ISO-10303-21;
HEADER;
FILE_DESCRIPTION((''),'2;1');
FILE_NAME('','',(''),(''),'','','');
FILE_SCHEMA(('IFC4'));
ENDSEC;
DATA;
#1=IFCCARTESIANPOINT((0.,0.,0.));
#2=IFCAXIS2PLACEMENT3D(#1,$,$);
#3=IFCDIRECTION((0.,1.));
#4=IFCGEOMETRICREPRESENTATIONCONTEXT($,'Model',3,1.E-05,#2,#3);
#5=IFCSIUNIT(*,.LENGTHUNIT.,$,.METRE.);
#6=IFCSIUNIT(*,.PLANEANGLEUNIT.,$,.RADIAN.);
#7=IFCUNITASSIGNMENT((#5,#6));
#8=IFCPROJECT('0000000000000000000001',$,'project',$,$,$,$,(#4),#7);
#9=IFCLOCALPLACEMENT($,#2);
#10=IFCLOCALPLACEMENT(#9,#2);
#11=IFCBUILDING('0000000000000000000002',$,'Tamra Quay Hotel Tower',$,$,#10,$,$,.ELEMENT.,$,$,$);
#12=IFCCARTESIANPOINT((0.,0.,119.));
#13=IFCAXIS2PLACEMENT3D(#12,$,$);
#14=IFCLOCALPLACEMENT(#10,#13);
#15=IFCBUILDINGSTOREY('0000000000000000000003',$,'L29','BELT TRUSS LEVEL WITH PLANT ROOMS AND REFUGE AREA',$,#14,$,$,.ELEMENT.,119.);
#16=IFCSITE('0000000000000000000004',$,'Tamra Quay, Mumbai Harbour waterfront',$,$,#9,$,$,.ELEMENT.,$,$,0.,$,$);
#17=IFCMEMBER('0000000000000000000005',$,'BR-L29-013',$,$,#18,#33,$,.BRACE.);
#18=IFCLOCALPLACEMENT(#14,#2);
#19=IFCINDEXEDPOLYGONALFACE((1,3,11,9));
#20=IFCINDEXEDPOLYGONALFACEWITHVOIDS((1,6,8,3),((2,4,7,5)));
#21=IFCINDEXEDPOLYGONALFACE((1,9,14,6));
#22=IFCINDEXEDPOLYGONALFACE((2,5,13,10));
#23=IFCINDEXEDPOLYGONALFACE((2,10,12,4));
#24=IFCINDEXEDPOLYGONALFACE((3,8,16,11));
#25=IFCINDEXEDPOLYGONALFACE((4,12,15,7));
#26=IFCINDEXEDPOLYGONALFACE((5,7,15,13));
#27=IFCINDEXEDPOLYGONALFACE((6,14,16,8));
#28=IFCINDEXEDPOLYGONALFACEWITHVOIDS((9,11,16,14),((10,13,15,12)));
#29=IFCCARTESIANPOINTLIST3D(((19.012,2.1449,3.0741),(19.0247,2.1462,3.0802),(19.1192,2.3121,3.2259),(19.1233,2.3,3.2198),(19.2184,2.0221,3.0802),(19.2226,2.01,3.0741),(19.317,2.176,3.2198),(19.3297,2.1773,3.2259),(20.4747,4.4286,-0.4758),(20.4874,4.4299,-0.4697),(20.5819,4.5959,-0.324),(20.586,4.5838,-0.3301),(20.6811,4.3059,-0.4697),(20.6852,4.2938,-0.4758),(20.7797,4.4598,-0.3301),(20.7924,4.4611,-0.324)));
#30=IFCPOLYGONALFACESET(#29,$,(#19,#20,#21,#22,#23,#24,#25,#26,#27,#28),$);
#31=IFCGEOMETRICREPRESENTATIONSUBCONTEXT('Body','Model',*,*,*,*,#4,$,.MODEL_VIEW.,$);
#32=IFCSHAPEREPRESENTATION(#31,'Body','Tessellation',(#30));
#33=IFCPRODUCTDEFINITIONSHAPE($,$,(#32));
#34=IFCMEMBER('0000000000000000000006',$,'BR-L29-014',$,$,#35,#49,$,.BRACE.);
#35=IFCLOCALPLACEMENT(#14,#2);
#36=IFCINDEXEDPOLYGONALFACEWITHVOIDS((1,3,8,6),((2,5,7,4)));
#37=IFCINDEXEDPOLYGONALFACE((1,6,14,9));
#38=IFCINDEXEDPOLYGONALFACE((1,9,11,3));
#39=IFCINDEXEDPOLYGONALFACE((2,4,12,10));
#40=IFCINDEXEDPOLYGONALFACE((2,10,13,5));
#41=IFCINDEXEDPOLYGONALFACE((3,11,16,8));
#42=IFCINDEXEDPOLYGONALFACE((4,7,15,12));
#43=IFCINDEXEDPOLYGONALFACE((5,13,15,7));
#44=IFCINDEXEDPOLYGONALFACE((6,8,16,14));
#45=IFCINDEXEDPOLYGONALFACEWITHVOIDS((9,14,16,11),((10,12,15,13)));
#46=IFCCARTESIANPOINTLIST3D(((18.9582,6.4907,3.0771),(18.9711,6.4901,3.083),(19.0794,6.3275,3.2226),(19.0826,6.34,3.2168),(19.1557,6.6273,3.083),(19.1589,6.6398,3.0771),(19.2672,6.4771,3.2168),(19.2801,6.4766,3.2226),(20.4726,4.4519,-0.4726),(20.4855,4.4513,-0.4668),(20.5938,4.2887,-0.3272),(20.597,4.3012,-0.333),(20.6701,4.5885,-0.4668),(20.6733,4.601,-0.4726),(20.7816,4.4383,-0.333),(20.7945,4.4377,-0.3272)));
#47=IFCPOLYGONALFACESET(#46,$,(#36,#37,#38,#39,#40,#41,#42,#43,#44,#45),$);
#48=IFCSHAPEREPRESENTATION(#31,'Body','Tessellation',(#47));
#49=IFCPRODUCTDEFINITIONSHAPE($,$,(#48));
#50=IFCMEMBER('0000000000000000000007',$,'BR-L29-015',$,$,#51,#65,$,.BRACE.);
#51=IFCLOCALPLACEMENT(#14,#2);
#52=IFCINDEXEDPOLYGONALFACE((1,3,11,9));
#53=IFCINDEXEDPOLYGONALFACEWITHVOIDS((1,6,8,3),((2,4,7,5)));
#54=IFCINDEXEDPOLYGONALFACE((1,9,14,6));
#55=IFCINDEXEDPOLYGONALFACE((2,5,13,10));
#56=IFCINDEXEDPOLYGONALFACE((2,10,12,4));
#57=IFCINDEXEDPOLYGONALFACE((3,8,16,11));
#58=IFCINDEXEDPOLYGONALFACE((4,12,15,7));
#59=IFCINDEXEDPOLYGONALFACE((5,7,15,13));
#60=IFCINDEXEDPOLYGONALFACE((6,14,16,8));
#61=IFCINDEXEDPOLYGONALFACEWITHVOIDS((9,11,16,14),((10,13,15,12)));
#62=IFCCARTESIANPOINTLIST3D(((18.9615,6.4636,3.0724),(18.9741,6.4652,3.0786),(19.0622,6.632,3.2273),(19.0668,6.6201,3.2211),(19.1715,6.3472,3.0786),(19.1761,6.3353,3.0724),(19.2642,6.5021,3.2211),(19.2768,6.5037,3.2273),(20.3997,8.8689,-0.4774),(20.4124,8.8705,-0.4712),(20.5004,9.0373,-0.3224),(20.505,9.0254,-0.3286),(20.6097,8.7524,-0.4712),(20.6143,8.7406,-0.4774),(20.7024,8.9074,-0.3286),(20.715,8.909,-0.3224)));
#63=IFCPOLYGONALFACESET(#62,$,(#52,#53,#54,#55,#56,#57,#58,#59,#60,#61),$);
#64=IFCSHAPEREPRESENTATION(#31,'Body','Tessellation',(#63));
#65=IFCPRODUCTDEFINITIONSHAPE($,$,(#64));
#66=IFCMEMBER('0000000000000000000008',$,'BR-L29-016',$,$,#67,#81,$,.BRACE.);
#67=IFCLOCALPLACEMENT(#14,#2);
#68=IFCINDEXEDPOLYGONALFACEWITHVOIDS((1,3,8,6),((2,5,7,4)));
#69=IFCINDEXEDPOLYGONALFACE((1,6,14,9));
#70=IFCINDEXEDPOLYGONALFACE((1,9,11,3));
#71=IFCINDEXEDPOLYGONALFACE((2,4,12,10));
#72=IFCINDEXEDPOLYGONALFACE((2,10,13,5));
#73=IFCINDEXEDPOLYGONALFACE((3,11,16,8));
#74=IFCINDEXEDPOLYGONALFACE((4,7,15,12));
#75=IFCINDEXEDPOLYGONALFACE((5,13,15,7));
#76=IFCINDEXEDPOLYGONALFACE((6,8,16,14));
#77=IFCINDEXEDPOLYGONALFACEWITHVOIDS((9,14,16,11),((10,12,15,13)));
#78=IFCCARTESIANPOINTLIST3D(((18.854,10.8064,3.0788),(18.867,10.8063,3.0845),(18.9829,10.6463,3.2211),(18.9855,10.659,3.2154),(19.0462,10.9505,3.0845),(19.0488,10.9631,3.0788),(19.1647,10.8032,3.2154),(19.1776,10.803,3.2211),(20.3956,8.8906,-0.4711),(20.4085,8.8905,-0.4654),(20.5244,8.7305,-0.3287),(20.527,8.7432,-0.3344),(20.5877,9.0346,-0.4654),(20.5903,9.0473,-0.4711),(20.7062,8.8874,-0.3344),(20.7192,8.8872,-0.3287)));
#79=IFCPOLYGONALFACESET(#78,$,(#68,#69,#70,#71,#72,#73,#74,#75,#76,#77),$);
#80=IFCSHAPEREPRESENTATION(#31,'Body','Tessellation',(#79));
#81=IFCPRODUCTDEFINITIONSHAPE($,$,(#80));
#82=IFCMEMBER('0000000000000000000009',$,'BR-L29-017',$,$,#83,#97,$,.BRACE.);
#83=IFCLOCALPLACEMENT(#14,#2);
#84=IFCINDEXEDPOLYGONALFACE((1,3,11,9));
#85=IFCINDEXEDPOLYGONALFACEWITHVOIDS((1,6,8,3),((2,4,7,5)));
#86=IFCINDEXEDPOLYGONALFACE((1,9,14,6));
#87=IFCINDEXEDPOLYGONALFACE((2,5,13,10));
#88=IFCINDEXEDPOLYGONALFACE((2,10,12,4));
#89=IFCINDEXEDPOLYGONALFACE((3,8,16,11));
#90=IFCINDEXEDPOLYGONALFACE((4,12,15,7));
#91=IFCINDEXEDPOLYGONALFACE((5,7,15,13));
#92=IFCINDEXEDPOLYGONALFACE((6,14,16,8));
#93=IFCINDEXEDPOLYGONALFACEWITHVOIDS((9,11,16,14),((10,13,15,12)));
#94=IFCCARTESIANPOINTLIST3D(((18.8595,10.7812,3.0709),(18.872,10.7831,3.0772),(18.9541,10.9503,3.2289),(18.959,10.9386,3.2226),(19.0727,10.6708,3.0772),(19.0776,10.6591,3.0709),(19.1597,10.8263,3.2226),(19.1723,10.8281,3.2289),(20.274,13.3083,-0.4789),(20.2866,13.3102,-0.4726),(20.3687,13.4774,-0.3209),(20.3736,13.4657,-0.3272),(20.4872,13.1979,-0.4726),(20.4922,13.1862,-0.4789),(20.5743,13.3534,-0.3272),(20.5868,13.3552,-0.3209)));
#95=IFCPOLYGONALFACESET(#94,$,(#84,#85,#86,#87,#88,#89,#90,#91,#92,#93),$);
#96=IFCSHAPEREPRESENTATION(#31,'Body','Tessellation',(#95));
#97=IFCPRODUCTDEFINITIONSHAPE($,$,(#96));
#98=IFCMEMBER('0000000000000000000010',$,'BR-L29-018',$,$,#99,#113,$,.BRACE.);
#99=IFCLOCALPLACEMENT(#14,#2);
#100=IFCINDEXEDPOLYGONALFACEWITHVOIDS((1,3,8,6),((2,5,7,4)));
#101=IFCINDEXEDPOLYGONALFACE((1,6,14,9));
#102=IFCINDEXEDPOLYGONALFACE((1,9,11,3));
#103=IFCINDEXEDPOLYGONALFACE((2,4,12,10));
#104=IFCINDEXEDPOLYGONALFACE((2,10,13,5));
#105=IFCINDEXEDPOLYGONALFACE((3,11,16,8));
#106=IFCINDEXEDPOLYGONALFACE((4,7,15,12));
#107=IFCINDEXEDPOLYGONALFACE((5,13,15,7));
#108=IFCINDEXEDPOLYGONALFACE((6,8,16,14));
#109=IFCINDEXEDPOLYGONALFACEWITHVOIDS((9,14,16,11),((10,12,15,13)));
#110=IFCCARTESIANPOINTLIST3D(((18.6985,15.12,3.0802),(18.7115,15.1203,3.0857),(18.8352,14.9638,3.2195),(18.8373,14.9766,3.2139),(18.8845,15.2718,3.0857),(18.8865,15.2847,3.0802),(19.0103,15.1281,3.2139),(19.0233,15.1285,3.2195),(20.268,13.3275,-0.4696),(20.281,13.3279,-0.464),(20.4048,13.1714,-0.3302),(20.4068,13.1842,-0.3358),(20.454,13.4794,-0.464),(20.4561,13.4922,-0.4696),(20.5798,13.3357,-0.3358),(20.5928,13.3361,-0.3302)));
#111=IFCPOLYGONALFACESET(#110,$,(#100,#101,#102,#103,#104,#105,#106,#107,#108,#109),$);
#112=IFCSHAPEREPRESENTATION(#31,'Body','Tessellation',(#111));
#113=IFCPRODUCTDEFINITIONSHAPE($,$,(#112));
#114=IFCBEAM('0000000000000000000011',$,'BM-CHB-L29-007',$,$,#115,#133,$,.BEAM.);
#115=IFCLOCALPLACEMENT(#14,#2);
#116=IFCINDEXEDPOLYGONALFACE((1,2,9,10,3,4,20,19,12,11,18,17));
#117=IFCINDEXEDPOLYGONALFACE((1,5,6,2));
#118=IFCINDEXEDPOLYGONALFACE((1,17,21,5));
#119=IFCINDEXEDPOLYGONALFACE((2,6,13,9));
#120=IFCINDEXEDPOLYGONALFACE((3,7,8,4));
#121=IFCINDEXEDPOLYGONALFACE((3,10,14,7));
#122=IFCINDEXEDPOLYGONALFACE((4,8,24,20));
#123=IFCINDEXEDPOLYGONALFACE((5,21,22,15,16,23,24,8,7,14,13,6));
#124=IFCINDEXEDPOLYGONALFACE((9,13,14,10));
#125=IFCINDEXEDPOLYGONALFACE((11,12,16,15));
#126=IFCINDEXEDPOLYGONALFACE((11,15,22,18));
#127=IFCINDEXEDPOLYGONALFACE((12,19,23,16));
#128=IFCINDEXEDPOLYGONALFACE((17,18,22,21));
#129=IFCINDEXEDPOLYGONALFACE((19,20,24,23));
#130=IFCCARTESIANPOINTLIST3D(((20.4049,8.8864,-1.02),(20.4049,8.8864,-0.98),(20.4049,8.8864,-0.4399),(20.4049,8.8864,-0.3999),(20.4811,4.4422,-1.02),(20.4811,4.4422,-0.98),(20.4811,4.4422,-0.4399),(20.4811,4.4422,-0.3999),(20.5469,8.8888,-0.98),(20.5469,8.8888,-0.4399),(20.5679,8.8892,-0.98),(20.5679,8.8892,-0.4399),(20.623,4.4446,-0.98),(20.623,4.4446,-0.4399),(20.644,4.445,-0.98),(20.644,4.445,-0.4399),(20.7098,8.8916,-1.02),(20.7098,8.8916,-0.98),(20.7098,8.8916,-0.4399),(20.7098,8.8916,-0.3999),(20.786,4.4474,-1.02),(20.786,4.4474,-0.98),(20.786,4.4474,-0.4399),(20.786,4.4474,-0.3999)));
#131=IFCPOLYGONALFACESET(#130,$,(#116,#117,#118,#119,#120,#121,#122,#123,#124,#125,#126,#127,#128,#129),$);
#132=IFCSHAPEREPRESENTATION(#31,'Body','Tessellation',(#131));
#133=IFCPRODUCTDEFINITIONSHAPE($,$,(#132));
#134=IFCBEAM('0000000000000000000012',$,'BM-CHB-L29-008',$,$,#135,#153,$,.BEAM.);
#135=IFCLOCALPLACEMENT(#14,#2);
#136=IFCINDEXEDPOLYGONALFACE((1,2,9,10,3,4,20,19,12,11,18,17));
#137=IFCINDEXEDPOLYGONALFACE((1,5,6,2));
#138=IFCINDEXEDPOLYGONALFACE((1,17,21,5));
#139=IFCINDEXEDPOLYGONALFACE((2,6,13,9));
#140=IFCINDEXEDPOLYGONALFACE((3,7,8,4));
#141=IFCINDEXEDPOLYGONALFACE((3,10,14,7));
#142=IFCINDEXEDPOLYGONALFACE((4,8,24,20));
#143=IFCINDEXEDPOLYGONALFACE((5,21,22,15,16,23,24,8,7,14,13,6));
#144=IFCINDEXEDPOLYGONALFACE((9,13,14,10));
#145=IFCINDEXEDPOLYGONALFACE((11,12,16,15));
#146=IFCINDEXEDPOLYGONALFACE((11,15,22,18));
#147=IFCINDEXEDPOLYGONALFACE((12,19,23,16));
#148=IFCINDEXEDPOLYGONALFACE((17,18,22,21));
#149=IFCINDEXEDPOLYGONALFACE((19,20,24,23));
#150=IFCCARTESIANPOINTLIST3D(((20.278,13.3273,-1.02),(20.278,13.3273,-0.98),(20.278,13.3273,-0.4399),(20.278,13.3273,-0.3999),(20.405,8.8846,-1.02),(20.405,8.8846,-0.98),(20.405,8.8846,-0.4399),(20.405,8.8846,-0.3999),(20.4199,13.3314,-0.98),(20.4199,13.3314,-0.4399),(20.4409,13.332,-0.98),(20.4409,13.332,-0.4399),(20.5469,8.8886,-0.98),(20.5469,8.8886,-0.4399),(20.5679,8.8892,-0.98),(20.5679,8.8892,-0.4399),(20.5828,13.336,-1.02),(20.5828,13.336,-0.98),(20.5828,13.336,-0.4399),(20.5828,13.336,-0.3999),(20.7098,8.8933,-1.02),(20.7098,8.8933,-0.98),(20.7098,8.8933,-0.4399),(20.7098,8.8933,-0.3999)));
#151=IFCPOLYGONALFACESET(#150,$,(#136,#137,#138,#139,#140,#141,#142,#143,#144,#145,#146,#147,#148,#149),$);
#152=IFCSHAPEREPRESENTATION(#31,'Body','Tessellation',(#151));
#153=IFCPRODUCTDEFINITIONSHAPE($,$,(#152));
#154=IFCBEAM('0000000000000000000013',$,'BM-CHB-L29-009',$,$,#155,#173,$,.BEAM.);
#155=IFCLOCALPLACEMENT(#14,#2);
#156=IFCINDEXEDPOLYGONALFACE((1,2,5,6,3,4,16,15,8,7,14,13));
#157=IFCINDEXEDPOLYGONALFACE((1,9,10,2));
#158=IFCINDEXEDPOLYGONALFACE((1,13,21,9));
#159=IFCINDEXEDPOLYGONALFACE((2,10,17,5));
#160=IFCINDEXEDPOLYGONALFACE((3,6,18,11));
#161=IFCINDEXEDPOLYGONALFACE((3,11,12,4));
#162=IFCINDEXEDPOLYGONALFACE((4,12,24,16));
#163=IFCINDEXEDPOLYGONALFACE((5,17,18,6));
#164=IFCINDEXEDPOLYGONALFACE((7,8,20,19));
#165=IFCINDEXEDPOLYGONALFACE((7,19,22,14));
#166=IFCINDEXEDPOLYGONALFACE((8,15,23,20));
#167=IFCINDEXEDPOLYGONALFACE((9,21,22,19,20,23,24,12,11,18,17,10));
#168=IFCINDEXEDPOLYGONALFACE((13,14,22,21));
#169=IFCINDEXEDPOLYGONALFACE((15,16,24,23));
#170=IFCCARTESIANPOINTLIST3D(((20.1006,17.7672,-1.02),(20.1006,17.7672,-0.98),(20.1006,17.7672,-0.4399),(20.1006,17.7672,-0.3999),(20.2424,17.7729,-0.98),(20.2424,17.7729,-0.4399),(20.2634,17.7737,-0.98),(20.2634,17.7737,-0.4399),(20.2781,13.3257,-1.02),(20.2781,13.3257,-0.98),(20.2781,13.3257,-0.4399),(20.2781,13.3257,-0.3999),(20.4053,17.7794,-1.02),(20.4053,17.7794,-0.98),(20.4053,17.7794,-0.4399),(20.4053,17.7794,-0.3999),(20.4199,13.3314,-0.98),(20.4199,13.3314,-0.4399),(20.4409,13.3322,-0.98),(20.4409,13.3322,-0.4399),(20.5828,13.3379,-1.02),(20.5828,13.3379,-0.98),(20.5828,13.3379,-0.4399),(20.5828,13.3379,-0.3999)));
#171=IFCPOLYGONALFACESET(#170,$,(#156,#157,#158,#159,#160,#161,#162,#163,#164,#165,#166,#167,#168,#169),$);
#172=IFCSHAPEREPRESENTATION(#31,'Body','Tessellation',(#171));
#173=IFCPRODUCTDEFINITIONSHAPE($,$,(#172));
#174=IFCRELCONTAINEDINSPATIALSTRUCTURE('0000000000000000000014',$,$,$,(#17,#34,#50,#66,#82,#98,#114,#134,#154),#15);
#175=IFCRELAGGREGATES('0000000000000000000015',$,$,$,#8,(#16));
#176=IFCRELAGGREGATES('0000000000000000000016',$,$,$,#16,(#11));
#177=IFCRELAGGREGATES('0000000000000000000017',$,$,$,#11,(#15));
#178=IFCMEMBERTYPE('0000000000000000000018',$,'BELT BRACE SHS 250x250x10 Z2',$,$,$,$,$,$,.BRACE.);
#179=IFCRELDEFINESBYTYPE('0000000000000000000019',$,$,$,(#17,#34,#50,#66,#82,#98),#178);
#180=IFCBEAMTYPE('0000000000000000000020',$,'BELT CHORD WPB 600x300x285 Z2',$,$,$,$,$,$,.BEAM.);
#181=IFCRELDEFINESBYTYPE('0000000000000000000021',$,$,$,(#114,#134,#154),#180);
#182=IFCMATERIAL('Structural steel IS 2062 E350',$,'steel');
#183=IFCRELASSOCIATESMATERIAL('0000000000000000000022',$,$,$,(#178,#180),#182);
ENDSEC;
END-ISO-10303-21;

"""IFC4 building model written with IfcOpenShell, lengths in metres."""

from ifc_helpers import new_model, si_unit, direction, frame, origin, origin_2d, place, context, subcontext, project, spatial, hollow_rectangle, i_section, extrude, material, material_profile, profile_set, type_object, element, save


model = new_model("IFC4")

# Units and contexts
model_context = context("Model", 3, precision=1e-05, world=origin(), true_north=direction((0.0, 1.0)))
body_context = subcontext(model_context, "Body", "Model", "MODEL_VIEW")
ifc_project = project(units=[si_unit("LENGTHUNIT", "METRE"), si_unit("PLANEANGLEUNIT", "RADIAN")], contexts=[model_context])

# Site, building, storey
site_placement = place(None, origin())
site = spatial("IfcSite", under=ifc_project, at=site_placement, Name="Tamra Quay, Mumbai Harbour waterfront", CompositionType="ELEMENT", RefElevation=0.0)
building_placement = place(site_placement, origin())
building = spatial("IfcBuilding", under=site, at=building_placement, Name="Tamra Quay Hotel Tower", CompositionType="ELEMENT")
storey_placement = place(building_placement, frame((0.0, 0.0, 119.0)))
storey = spatial("IfcBuildingStorey", under=building, at=storey_placement, Name="L29", Description="BELT TRUSS LEVEL WITH PLANT ROOMS AND REFUGE AREA", CompositionType="ELEMENT", Elevation=119.0)

# Members
ifc_material_1 = material(Name="Structural steel IS 2062 E350", Category="steel")
ifc_material_profile_1 = material_profile(ifc_material_1, hollow_rectangle(XDim=0.25, YDim=0.25, WallThickness=0.01, at=origin_2d()), Name="SHS 250x250x10")
ifc_profile_set_1 = profile_set([ifc_material_profile_1], Name="Structural steel IS 2062 E350")
member_type_1 = type_object("IfcMemberType", Name="BELT BRACE SHS 250x250x10 Z2", PredefinedType="BRACE", material=ifc_profile_set_1)
member_1_placement = place(storey_placement, frame((20.6335, 4.4448, -0.3999), z_axis=(-0.327421, -0.511215, 0.794641), x_axis=(0.84209, -0.539337, 0.0)))
element("IfcMember", 1, at=member_1_placement, inside=storey, type_object=member_type_1, Name="BR-L29-013", PredefinedType="BRACE", context=body_context, shape_type="SweptSolid", body=[
    extrude(hollow_rectangle(XDim=0.25, YDim=0.25, WallThickness=0.01, at=origin_2d()), origin(), (0.0, 0.0, 1.0), 4.4673),
])
member_2_placement = place(storey_placement, frame((20.6335, 4.4448, -0.3999), z_axis=(-0.34696, 0.467107, 0.813284), x_axis=(-0.802771, -0.596287, 0.0)))
element("IfcMember", 2, at=member_2_placement, inside=storey, type_object=member_type_1, Name="BR-L29-014", PredefinedType="BRACE", context=body_context, shape_type="SweptSolid", body=[
    extrude(hollow_rectangle(XDim=0.25, YDim=0.25, WallThickness=0.01, at=origin_2d()), origin(), (0.0, 0.0, 1.0), 4.3647),
])
member_3_placement = place(storey_placement, frame((20.5574, 8.8889, -0.3999), z_axis=(-0.318002, -0.53182, 0.784883), x_axis=(0.858268, -0.513201, 0.0)))
element("IfcMember", 3, at=member_3_placement, inside=storey, type_object=member_type_1, Name="BR-L29-015", PredefinedType="BRACE", context=body_context, shape_type="SweptSolid", body=[
    extrude(hollow_rectangle(XDim=0.25, YDim=0.25, WallThickness=0.01, at=origin_2d()), origin(), (0.0, 0.0, 1.0), 4.5227),
])
member_4_placement = place(storey_placement, frame((20.5574, 8.8889, -0.3999), z_axis=(-0.356972, 0.443642, 0.822042), x_axis=(-0.779103, -0.626896, 0.0)))
element("IfcMember", 4, at=member_4_placement, inside=storey, type_object=member_type_1, Name="BR-L29-016", PredefinedType="BRACE", context=body_context, shape_type="SweptSolid", body=[
    extrude(hollow_rectangle(XDim=0.25, YDim=0.25, WallThickness=0.01, at=origin_2d()), origin(), (0.0, 0.0, 1.0), 4.3184),
])
member_5_placement = place(storey_placement, frame((20.4304, 13.3318, -0.3999), z_axis=(-0.308766, -0.551612, 0.774847), x_axis=(0.872598, -0.488439, 0.0)))
element("IfcMember", 5, at=member_5_placement, inside=storey, type_object=member_type_1, Name="BR-L29-017", PredefinedType="BRACE", context=body_context, shape_type="SweptSolid", body=[
    extrude(hollow_rectangle(XDim=0.25, YDim=0.25, WallThickness=0.01, at=origin_2d()), origin(), (0.0, 0.0, 1.0), 4.5813),
])
member_6_placement = place(storey_placement, frame((20.4304, 13.3318, -0.3999), z_axis=(-0.367133, 0.41927, 0.830317), x_axis=(-0.752335, -0.65878, 0.0)))
element("IfcMember", 6, at=member_6_placement, inside=storey, type_object=member_type_1, Name="BR-L29-018", PredefinedType="BRACE", context=body_context, shape_type="SweptSolid", body=[
    extrude(hollow_rectangle(XDim=0.25, YDim=0.25, WallThickness=0.01, at=origin_2d()), origin(), (0.0, 0.0, 1.0), 4.2751),
])

# Beams
ifc_material_profile_2 = material_profile(ifc_material_1, i_section(OverallWidth=0.3049, OverallDepth=0.6201, WebThickness=0.021, FlangeThickness=0.04, at=origin_2d()), Name="WPB 600x300x285")
ifc_profile_set_2 = profile_set([ifc_material_profile_2], Name="Structural steel IS 2062 E350")
beam_type_1 = type_object("IfcBeamType", Name="BELT CHORD WPB 600x300x285 Z2", PredefinedType="BEAM", material=ifc_profile_set_2)
beam_1_placement = place(storey_placement, frame((20.6335, 4.4448, -0.71), z_axis=(-0.017138, 0.999853, 0.0), x_axis=(-0.999853, -0.017138, 0.0)))
element("IfcBeam", 7, at=beam_1_placement, inside=storey, type_object=beam_type_1, Name="BM-CHB-L29-007", PredefinedType="BEAM", context=body_context, shape_type="SweptSolid", body=[
    extrude(i_section(OverallWidth=0.3049, OverallDepth=0.6201, WebThickness=0.021, FlangeThickness=0.04, at=origin_2d()), origin(), (0.0, 0.0, 1.0), 4.4448),
])
beam_2_placement = place(storey_placement, frame((20.5574, 8.8889, -0.71), z_axis=(-0.028563, 0.999592, 0.0), x_axis=(-0.999592, -0.028563, 0.0)))
element("IfcBeam", 8, at=beam_2_placement, inside=storey, type_object=beam_type_1, Name="BM-CHB-L29-008", PredefinedType="BEAM", context=body_context, shape_type="SweptSolid", body=[
    extrude(i_section(OverallWidth=0.3049, OverallDepth=0.6201, WebThickness=0.021, FlangeThickness=0.04, at=origin_2d()), origin(), (0.0, 0.0, 1.0), 4.4446),
])
beam_3_placement = place(storey_placement, frame((20.4304, 13.3318, -0.71), z_axis=(-0.039931, 0.999202, 0.0), x_axis=(-0.999202, -0.039931, 0.0)))
element("IfcBeam", 9, at=beam_3_placement, inside=storey, type_object=beam_type_1, Name="BM-CHB-L29-009", PredefinedType="BEAM", context=body_context, shape_type="SweptSolid", body=[
    extrude(i_section(OverallWidth=0.3049, OverallDepth=0.6201, WebThickness=0.021, FlangeThickness=0.04, at=origin_2d()), origin(), (0.0, 0.0, 1.0), 4.4451),
])

save(model, "model.ifc")
